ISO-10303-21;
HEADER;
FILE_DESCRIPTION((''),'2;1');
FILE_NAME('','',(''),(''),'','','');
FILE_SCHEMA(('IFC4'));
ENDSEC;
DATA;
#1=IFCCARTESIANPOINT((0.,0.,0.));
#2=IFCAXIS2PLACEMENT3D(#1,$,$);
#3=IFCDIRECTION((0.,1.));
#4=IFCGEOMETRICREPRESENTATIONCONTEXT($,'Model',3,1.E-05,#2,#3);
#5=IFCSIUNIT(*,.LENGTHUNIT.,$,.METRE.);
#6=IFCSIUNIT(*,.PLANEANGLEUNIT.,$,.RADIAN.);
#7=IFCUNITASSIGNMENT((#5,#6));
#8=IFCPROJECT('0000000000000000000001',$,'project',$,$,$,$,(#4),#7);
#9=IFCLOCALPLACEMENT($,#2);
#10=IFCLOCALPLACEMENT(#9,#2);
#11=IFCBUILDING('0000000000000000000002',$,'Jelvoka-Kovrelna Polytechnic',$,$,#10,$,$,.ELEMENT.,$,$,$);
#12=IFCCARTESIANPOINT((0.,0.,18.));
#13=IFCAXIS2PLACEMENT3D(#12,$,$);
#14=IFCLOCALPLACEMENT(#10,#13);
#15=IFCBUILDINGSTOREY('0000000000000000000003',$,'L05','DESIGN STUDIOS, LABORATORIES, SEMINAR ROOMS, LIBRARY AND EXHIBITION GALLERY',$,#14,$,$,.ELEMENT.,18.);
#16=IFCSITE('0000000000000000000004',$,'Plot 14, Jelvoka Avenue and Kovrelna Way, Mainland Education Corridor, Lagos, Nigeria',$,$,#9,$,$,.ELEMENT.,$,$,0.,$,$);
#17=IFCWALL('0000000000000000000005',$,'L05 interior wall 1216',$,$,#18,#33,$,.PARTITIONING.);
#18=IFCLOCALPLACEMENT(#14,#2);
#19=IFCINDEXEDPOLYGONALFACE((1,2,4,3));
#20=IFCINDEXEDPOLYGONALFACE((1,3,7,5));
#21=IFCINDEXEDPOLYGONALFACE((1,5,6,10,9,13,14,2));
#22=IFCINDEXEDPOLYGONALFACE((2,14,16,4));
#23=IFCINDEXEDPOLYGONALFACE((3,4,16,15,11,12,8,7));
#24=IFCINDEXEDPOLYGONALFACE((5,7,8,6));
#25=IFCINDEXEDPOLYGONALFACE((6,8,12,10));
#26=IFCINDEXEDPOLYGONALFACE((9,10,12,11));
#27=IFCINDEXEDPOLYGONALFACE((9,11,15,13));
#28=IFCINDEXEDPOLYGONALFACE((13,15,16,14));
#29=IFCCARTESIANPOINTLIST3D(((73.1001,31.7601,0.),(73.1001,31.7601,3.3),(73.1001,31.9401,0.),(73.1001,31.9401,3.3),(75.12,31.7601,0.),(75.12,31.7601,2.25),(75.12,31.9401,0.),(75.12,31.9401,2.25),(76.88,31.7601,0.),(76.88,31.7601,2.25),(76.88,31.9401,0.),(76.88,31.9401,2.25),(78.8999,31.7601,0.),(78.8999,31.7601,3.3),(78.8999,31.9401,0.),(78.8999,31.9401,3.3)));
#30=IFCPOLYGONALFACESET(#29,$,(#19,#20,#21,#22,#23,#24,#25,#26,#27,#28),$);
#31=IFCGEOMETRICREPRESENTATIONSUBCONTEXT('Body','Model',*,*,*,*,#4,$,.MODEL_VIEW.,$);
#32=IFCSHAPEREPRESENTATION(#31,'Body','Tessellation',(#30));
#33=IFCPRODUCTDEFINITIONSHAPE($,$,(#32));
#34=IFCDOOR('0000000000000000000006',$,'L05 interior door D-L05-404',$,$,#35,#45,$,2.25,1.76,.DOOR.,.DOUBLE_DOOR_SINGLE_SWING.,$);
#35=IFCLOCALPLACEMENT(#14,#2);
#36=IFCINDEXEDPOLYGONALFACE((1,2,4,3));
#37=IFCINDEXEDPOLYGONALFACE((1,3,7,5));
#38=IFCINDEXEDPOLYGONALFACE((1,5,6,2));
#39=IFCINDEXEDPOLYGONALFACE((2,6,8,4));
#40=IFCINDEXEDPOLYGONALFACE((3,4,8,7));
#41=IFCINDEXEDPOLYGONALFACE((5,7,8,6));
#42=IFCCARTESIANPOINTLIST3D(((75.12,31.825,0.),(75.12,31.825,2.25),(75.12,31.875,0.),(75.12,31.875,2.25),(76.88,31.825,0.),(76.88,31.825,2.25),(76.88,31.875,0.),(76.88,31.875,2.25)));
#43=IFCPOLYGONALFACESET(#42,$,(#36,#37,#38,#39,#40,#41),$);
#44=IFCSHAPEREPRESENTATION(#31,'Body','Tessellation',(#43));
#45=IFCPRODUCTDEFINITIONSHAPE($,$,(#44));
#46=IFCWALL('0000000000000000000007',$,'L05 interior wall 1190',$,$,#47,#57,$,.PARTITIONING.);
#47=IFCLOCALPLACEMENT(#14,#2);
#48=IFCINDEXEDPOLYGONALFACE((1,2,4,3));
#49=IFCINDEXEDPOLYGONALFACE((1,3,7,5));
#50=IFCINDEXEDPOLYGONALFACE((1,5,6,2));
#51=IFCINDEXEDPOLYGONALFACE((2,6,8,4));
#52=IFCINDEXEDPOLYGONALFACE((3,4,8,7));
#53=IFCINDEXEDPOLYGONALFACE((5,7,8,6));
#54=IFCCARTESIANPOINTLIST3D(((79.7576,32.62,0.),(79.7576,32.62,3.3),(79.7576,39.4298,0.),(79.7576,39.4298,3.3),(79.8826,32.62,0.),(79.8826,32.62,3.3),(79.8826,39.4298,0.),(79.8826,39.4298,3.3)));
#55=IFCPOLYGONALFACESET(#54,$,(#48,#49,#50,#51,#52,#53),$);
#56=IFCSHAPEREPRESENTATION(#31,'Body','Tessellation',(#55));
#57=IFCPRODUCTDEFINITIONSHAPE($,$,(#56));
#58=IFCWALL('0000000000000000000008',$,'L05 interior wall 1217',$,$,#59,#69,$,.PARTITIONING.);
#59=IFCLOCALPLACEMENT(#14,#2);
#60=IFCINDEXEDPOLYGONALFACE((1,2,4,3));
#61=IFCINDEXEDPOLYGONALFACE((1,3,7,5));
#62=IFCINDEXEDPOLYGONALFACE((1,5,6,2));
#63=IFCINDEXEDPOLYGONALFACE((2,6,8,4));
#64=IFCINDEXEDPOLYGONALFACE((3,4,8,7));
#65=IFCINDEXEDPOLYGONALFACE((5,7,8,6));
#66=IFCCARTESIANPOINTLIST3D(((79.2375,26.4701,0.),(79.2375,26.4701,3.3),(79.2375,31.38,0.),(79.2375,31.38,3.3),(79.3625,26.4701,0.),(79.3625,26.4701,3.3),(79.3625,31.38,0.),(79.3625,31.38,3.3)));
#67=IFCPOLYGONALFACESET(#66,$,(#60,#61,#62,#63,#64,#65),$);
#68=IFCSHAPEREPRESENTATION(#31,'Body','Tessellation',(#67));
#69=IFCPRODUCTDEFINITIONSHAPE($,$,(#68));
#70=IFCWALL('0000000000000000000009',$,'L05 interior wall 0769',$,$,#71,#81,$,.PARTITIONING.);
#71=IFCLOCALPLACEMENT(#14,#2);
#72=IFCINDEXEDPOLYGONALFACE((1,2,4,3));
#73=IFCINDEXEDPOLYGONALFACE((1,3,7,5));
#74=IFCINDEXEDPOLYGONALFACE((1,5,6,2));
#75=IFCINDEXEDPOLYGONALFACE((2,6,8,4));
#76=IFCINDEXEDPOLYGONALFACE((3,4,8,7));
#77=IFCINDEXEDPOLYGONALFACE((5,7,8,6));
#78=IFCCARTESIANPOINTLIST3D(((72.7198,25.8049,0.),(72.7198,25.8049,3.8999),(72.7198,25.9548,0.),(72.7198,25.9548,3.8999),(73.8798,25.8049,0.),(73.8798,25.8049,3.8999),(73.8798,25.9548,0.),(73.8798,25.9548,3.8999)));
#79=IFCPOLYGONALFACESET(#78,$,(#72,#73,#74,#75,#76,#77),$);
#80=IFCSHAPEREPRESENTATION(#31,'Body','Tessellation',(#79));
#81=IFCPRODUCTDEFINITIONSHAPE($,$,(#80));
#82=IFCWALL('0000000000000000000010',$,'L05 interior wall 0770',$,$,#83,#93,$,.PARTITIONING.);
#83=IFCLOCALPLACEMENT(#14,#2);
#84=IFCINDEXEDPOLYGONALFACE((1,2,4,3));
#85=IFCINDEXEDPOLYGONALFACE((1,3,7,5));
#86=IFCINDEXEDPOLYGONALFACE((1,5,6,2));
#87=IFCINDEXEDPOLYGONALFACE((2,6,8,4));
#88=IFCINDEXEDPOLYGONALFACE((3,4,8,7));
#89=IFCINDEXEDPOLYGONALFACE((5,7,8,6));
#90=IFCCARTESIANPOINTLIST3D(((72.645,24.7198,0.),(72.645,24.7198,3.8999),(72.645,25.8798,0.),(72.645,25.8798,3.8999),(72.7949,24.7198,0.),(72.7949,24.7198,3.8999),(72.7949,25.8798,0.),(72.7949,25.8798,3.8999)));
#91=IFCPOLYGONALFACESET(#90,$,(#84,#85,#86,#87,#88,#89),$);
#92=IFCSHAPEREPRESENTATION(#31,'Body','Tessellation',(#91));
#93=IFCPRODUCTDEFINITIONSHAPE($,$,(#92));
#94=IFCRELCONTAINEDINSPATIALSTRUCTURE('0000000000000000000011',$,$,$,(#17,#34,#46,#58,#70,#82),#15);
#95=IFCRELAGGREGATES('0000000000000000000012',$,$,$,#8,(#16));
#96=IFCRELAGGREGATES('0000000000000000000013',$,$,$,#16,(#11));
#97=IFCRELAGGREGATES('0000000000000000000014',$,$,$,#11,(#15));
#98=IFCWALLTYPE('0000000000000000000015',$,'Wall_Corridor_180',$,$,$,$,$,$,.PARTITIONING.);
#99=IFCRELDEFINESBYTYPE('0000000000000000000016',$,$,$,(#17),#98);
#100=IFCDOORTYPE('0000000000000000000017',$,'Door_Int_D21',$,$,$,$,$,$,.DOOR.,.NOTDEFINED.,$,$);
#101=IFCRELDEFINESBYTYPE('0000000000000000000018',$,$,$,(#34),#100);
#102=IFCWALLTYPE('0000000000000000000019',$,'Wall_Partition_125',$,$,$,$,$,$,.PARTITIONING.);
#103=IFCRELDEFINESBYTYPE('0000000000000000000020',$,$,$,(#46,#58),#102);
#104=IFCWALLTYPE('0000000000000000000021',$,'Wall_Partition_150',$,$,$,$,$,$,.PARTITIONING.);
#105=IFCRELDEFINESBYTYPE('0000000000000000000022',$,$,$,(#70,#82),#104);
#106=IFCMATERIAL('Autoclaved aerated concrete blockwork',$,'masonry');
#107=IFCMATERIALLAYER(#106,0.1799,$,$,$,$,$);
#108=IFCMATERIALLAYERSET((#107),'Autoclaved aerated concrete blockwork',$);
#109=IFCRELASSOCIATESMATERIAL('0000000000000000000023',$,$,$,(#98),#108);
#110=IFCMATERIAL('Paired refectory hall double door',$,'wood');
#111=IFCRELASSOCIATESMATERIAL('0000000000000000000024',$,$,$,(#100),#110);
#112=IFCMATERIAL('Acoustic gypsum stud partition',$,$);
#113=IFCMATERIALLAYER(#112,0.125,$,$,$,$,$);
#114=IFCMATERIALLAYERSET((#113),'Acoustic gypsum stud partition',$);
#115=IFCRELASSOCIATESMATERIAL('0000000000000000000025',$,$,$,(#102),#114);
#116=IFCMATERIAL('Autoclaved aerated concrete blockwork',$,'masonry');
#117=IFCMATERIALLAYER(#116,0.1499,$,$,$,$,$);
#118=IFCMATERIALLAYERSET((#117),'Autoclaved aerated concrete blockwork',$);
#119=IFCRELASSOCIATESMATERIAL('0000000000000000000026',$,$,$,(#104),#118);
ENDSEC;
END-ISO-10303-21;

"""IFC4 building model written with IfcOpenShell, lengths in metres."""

from ifc_helpers import new_model, si_unit, direction, frame, frame_2d, origin, place, context, subcontext, project, spatial, rectangle, extrude, material, layer, layer_set, type_object, element, fill, save


model = new_model("IFC4")

# Units and contexts
model_context = context("Model", 3, precision=1e-05, world=origin(), true_north=direction((0.0, 1.0)))
body_context = subcontext(model_context, "Body", "Model", "MODEL_VIEW")
ifc_project = project(units=[si_unit("LENGTHUNIT", "METRE"), si_unit("PLANEANGLEUNIT", "RADIAN")], contexts=[model_context])

# Site, building, storey
site_placement = place(None, origin())
site = spatial("IfcSite", under=ifc_project, at=site_placement, Name="Plot 14, Jelvoka Avenue and Kovrelna Way, Mainland Education Corridor, Lagos, Nigeria", CompositionType="ELEMENT", RefElevation=0.0)
building_placement = place(site_placement, origin())
building = spatial("IfcBuilding", under=site, at=building_placement, Name="Jelvoka-Kovrelna Polytechnic", CompositionType="ELEMENT")
storey_placement = place(building_placement, frame((0.0, 0.0, 18.0)))
storey = spatial("IfcBuildingStorey", under=building, at=storey_placement, Name="L05", Description="DESIGN STUDIOS, LABORATORIES, SEMINAR ROOMS, LIBRARY AND EXHIBITION GALLERY", CompositionType="ELEMENT", Elevation=18.0)

# Wall, opening, door
ifc_material_1 = material(Name="Autoclaved aerated concrete blockwork", Category="masonry")
ifc_layer_1 = layer(ifc_material_1, 0.1799)
ifc_layer_set_1 = layer_set([ifc_layer_1], Name="Autoclaved aerated concrete blockwork")
wall_type_1 = type_object("IfcWallType", Name="Wall_Corridor_180", PredefinedType="PARTITIONING", material=ifc_layer_set_1)
wall_1_placement = place(storey_placement, frame((73.1001, 31.8501, 0.0), z_axis=(0.0, 0.0, 1.0), x_axis=(1.0, 0.0, 0.0)))
wall_1 = element("IfcWall", 1, at=wall_1_placement, inside=storey, type_object=wall_type_1, Name="L05 interior wall 1216", PredefinedType="PARTITIONING", context=body_context, shape_type="SweptSolid", body=[
    extrude(rectangle(XDim=5.7998, YDim=0.1799, at=frame_2d((2.8999, 0.0))), origin(), (0.0, 0.0, 1.0), 3.3),
])
opening_placement = place(wall_1_placement, frame((2.02, 0.0, 0.0)))
opening = element("IfcOpeningElement", 2, at=opening_placement, cuts=wall_1, PredefinedType="OPENING", context=body_context, shape_type="SweptSolid", body=[
    extrude(rectangle(XDim=1.76, YDim=2.25, at=frame_2d((0.8799, 1.125))), frame((0.0, 0.0999, 0.0), z_axis=(0.0, -1.0, 0.0), x_axis=(1.0, 0.0, 0.0)), (0.0, 0.0, 1.0), 0.2),
])
ifc_material_2 = material(Name="Paired refectory hall double door", Category="wood")
door_type = type_object("IfcDoorType", Name="Door_Int_D21", OperationType="NOTDEFINED", PredefinedType="DOOR", material=ifc_material_2)
door_placement = place(opening_placement, origin())
door = element("IfcDoor", 3, at=door_placement, inside=storey, type_object=door_type, Name="L05 interior door D-L05-404", OperationType="DOUBLE_DOOR_SINGLE_SWING", OverallHeight=2.25, OverallWidth=1.76, PredefinedType="DOOR", context=body_context, shape_type="SweptSolid", body=[
    extrude(rectangle(XDim=1.76, YDim=2.25, at=frame_2d((0.8799, 1.125))), frame((0.0, 0.0249, 0.0), z_axis=(0.0, -1.0, 0.0), x_axis=(1.0, 0.0, 0.0)), (0.0, 0.0, 1.0), 0.05),
])
fill(opening, door)

# Walls
ifc_material_3 = material(Name="Acoustic gypsum stud partition")
ifc_layer_2 = layer(ifc_material_3, 0.125)
ifc_layer_set_2 = layer_set([ifc_layer_2], Name="Acoustic gypsum stud partition")
wall_type_2 = type_object("IfcWallType", Name="Wall_Partition_125", PredefinedType="PARTITIONING", material=ifc_layer_set_2)
wall_2_placement = place(storey_placement, frame((79.8201, 32.6201, 0.0), z_axis=(0.0, 0.0, 1.0), x_axis=(0.0, 1.0, 0.0)))
element("IfcWall", 4, at=wall_2_placement, inside=storey, type_object=wall_type_2, Name="L05 interior wall 1190", PredefinedType="PARTITIONING", context=body_context, shape_type="SweptSolid", body=[
    extrude(rectangle(XDim=6.8098, YDim=0.125, at=frame_2d((3.4048, 0.0))), origin(), (0.0, 0.0, 1.0), 3.3),
])
wall_3_placement = place(storey_placement, frame((79.3, 26.47, 0.0), z_axis=(0.0, 0.0, 1.0), x_axis=(0.0, 1.0, 0.0)))
element("IfcWall", 5, at=wall_3_placement, inside=storey, type_object=wall_type_2, Name="L05 interior wall 1217", PredefinedType="PARTITIONING", context=body_context, shape_type="SweptSolid", body=[
    extrude(rectangle(XDim=4.9099, YDim=0.125, at=frame_2d((2.4551, 0.0))), origin(), (0.0, 0.0, 1.0), 3.3),
])
ifc_material_4 = material(Name="Autoclaved aerated concrete blockwork", Category="masonry")
ifc_layer_3 = layer(ifc_material_4, 0.1499)
ifc_layer_set_3 = layer_set([ifc_layer_3], Name="Autoclaved aerated concrete blockwork")
wall_type_3 = type_object("IfcWallType", Name="Wall_Partition_150", PredefinedType="PARTITIONING", material=ifc_layer_set_3)
for number, where, z_axis, x_axis, name in (
    (6, (73.8799, 25.8799, 0.0), (0.0, 0.0, 1.0), (-1.0, 0.0, 0.0), "L05 interior wall 0769"),
    (7, (72.72, 25.8799, 0.0), (0.0, 0.0, 1.0), (0.0, -1.0, 0.0), "L05 interior wall 0770"),
):
    element("IfcWall", number, at=place(storey_placement, frame(where, z_axis=z_axis, x_axis=x_axis)), inside=storey, type_object=wall_type_3, Name=name, PredefinedType="PARTITIONING", context=body_context, shape_type="SweptSolid", body=[
        extrude(rectangle(XDim=1.1599, YDim=0.1499, at=frame_2d((0.5801, 0.0))), origin(), (0.0, 0.0, 1.0), 3.8999),
    ])

save(model, "model.ifc")
